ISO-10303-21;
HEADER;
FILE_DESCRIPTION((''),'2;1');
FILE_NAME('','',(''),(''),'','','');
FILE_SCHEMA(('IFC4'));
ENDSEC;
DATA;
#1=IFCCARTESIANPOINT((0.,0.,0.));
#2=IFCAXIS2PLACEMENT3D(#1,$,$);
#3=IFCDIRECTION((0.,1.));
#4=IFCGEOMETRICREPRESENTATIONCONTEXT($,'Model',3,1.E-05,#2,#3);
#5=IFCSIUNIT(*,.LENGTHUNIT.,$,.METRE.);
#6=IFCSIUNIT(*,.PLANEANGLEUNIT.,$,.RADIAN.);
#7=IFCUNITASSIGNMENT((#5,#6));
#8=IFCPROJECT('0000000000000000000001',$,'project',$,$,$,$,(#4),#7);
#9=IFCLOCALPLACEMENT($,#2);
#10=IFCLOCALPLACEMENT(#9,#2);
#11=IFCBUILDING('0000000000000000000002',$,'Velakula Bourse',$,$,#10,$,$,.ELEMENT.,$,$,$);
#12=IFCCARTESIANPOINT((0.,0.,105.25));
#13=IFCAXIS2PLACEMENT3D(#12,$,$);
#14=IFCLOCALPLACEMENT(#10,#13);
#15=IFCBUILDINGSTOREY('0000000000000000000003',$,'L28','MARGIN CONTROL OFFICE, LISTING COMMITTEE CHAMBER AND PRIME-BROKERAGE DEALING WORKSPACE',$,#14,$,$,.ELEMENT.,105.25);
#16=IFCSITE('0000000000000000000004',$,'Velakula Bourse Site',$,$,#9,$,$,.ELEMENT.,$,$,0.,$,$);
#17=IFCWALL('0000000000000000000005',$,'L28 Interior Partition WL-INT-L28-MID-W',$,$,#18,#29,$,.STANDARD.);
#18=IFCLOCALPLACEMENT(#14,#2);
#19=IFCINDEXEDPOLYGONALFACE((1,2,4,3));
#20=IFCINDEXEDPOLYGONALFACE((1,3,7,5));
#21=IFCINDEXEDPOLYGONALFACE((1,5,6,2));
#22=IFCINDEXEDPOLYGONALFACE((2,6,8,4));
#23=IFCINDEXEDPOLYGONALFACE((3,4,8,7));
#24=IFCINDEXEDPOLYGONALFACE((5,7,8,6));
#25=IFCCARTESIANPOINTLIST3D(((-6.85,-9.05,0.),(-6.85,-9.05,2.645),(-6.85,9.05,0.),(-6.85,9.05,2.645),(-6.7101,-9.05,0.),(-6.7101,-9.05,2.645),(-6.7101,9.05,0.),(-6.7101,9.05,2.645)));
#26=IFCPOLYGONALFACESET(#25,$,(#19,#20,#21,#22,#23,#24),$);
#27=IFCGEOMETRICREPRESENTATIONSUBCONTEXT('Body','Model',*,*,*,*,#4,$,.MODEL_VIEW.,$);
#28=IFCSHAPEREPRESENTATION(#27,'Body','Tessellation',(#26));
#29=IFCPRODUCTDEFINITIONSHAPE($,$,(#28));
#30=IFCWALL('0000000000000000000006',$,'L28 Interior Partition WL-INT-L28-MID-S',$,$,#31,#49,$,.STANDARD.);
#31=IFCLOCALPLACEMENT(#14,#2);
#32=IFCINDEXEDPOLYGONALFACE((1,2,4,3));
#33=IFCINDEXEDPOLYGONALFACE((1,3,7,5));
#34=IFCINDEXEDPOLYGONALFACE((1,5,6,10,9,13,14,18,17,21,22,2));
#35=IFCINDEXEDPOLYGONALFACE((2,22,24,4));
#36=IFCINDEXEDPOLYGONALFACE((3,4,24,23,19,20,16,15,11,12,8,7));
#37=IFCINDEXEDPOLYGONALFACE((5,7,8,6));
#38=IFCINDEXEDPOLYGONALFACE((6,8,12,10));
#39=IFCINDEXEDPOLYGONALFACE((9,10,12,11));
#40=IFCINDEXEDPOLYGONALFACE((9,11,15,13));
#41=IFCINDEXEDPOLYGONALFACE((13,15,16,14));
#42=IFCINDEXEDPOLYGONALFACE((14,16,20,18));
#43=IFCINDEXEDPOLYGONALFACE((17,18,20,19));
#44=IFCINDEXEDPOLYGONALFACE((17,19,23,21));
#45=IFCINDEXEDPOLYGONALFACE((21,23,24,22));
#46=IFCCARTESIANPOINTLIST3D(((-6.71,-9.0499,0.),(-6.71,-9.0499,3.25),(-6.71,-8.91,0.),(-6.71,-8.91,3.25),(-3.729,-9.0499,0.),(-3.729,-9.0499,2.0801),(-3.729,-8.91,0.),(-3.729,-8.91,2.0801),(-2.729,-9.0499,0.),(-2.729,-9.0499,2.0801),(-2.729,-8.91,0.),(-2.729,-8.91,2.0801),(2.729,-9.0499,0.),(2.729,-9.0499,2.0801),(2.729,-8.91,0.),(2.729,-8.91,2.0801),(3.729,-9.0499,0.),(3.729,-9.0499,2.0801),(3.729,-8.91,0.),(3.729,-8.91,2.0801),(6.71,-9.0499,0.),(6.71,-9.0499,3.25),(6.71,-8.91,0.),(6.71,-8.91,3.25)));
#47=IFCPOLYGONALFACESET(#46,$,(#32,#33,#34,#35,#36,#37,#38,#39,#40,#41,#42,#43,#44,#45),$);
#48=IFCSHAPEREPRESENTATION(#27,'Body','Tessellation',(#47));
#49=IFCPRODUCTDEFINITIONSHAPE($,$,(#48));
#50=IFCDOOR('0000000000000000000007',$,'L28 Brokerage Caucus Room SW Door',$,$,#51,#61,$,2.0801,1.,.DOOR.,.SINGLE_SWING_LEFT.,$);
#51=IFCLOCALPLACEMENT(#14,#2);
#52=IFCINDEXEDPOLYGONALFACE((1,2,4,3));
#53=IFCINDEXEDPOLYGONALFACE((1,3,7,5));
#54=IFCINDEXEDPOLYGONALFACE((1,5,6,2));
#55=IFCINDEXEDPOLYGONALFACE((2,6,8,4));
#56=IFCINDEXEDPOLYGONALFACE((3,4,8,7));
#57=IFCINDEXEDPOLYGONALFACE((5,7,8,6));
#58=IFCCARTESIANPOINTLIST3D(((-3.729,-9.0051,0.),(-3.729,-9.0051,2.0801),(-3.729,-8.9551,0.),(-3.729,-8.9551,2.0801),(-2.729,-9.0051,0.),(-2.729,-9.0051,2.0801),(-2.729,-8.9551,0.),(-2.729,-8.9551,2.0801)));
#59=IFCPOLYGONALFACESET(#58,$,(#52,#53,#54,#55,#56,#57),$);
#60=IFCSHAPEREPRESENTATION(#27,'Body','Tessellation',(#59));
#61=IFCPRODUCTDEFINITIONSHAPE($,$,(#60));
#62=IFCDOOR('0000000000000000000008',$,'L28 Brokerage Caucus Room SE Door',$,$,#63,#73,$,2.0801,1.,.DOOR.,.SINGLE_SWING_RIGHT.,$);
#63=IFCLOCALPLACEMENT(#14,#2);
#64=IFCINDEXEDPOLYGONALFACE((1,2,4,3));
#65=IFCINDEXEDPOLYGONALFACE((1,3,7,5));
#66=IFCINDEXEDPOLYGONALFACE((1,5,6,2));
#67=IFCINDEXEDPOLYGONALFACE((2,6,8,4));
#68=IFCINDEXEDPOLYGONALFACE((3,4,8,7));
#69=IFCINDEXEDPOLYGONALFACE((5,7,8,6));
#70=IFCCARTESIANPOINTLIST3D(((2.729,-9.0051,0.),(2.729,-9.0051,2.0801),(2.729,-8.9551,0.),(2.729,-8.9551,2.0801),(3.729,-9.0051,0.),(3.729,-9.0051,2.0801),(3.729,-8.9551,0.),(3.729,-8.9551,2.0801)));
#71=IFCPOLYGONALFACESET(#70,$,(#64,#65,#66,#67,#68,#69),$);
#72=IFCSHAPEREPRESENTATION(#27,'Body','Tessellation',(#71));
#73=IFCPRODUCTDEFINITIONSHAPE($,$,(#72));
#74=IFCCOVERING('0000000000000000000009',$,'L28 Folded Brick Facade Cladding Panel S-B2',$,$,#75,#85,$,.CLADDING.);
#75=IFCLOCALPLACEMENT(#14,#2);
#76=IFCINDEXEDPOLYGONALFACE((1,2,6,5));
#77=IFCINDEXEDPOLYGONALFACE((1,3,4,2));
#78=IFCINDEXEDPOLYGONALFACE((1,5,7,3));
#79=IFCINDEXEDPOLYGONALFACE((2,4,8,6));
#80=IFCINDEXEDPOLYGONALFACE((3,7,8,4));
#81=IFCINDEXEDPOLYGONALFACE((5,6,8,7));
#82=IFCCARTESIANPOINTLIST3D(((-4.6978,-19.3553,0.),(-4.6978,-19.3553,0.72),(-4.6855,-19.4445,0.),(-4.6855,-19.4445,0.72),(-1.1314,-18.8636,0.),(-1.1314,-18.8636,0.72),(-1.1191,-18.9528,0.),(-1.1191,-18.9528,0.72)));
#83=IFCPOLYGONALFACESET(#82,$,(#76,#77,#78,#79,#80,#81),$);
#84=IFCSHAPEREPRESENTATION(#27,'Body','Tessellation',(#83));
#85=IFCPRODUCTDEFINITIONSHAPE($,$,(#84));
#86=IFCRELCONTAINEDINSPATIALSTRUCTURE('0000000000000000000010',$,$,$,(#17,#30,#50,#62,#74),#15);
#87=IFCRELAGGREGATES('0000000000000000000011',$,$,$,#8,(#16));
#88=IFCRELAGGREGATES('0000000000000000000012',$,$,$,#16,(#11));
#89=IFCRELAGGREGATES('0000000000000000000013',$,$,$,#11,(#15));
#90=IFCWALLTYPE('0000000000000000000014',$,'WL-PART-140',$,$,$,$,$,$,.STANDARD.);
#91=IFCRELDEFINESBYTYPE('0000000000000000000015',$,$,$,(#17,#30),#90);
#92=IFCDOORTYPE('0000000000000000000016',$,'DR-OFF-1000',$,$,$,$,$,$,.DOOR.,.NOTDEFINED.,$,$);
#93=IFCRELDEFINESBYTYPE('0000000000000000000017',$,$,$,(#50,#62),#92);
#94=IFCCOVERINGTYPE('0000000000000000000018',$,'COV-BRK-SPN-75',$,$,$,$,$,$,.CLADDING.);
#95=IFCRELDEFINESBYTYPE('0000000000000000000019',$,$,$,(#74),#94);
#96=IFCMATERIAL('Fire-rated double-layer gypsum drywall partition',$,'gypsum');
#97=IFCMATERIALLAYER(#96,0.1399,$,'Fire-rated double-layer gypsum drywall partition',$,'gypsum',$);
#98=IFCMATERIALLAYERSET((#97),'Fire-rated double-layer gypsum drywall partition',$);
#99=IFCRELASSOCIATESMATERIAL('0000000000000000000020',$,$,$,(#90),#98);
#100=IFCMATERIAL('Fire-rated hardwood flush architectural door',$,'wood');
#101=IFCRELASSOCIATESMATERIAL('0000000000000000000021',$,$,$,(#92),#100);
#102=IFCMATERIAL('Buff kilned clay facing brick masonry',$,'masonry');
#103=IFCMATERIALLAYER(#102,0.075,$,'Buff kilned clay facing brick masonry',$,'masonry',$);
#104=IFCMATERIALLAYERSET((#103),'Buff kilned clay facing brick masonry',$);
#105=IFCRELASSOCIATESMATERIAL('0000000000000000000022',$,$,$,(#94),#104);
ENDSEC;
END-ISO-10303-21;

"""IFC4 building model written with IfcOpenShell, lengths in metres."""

from ifc_helpers import new_model, si_unit, direction, frame, frame_2d, origin, origin_2d, place, context, subcontext, project, spatial, rectangle, extrude, material, layer, layer_set, type_object, element, fill, save


model = new_model("IFC4")

# Units and contexts
model_context = context("Model", 3, precision=1e-05, world=origin(), true_north=direction((0.0, 1.0)))
body_context = subcontext(model_context, "Body", "Model", "MODEL_VIEW")
ifc_project = project(units=[si_unit("LENGTHUNIT", "METRE"), si_unit("PLANEANGLEUNIT", "RADIAN")], contexts=[model_context])

# Site, building, storey
site_placement = place(None, origin())
site = spatial("IfcSite", under=ifc_project, at=site_placement, Name="Velakula Bourse Site", CompositionType="ELEMENT", RefElevation=0.0)
building_placement = place(site_placement, origin())
building = spatial("IfcBuilding", under=site, at=building_placement, Name="Velakula Bourse", CompositionType="ELEMENT")
storey_placement = place(building_placement, frame((0.0, 0.0, 105.25)))
storey = spatial("IfcBuildingStorey", under=building, at=storey_placement, Name="L28", Description="MARGIN CONTROL OFFICE, LISTING COMMITTEE CHAMBER AND PRIME-BROKERAGE DEALING WORKSPACE", CompositionType="ELEMENT", Elevation=105.25)

# Wall
ifc_material_1 = material(Name="Fire-rated double-layer gypsum drywall partition", Category="gypsum")
ifc_layer_1 = layer(ifc_material_1, 0.1399, Name="Fire-rated double-layer gypsum drywall partition", Category="gypsum")
ifc_layer_set_1 = layer_set([ifc_layer_1], Name="Fire-rated double-layer gypsum drywall partition")
wall_type_1 = type_object("IfcWallType", Name="WL-PART-140", PredefinedType="STANDARD", material=ifc_layer_set_1)
wall_1_placement = place(storey_placement, frame((-6.78, -9.05, 0.0), z_axis=(0.0, 0.0, 1.0), x_axis=(0.0, 1.0, 0.0)))
element("IfcWall", 1, at=wall_1_placement, inside=storey, type_object=wall_type_1, Name="L28 Interior Partition WL-INT-L28-MID-W", PredefinedType="STANDARD", context=body_context, shape_type="SweptSolid", body=[
    extrude(rectangle(XDim=18.1001, YDim=0.1399, at=frame_2d((9.05, 0.0))), origin(), (0.0, 0.0, 1.0), 2.645),
])

# Wall, openings, doors
wall_2_placement = place(storey_placement, frame((-6.71, -8.98, 0.0), z_axis=(0.0, 0.0, 1.0), x_axis=(1.0, 0.0, 0.0)))
wall_2 = element("IfcWall", 2, at=wall_2_placement, inside=storey, type_object=wall_type_1, Name="L28 Interior Partition WL-INT-L28-MID-S", PredefinedType="STANDARD", context=body_context, shape_type="SweptSolid", body=[
    extrude(rectangle(XDim=13.4199, YDim=0.1399, at=frame_2d((6.71, 0.0))), origin(), (0.0, 0.0, 1.0), 3.25),
])
opening_1_placement = place(wall_2_placement, frame((2.981, 0.0, 0.0)))
opening_1 = element("IfcOpeningElement", 3, at=opening_1_placement, cuts=wall_2, PredefinedType="OPENING", context=body_context, shape_type="SweptSolid", body=[
    extrude(rectangle(XDim=1.0, YDim=2.0801, at=frame_2d((0.5, 1.04))), frame((0.0, 0.0798, 0.0), z_axis=(0.0, -1.0, 0.0), x_axis=(1.0, 0.0, 0.0)), (0.0, 0.0, 1.0), 0.1599),
])
opening_2_placement = place(wall_2_placement, frame((9.439, 0.0, 0.0)))
opening_2 = element("IfcOpeningElement", 4, at=opening_2_placement, cuts=wall_2, PredefinedType="OPENING", context=body_context, shape_type="SweptSolid", body=[
    extrude(rectangle(XDim=1.0, YDim=2.0801, at=frame_2d((0.5, 1.04))), frame((0.0, 0.0798, 0.0), z_axis=(0.0, -1.0, 0.0), x_axis=(1.0, 0.0, 0.0)), (0.0, 0.0, 1.0), 0.1599),
])
ifc_material_2 = material(Name="Fire-rated hardwood flush architectural door", Category="wood")
door_type = type_object("IfcDoorType", Name="DR-OFF-1000", OperationType="NOTDEFINED", PredefinedType="DOOR", material=ifc_material_2)
door_1_placement = place(opening_1_placement, origin())
door_1 = element("IfcDoor", 5, at=door_1_placement, inside=storey, type_object=door_type, Name="L28 Brokerage Caucus Room SW Door", OperationType="SINGLE_SWING_LEFT", OverallHeight=2.0801, OverallWidth=1.0, PredefinedType="DOOR", context=body_context, shape_type="SweptSolid", body=[
    extrude(rectangle(XDim=1.0, YDim=2.0801, at=frame_2d((0.5, 1.04))), frame((0.0, 0.0249, 0.0), z_axis=(0.0, -1.0, 0.0), x_axis=(1.0, 0.0, 0.0)), (0.0, 0.0, 1.0), 0.05),
])
fill(opening_1, door_1)
door_2_placement = place(opening_2_placement, origin())
door_2 = element("IfcDoor", 6, at=door_2_placement, inside=storey, type_object=door_type, Name="L28 Brokerage Caucus Room SE Door", OperationType="SINGLE_SWING_RIGHT", OverallHeight=2.0801, OverallWidth=1.0, PredefinedType="DOOR", context=body_context, shape_type="SweptSolid", body=[
    extrude(rectangle(XDim=1.0, YDim=2.0801, at=frame_2d((0.5, 1.04))), frame((0.0, 0.0249, 0.0), z_axis=(0.0, -1.0, 0.0), x_axis=(1.0, 0.0, 0.0)), (0.0, 0.0, 1.0), 0.05),
])
fill(opening_2, door_2)

# Covering
ifc_material_3 = material(Name="Buff kilned clay facing brick masonry", Category="masonry")
ifc_layer_2 = layer(ifc_material_3, 0.075, Name="Buff kilned clay facing brick masonry", Category="masonry")
ifc_layer_set_2 = layer_set([ifc_layer_2], Name="Buff kilned clay facing brick masonry")
covering_type = type_object("IfcCoveringType", Name="COV-BRK-SPN-75", PredefinedType="CLADDING", material=ifc_layer_set_2)
covering_placement = place(storey_placement, frame((-2.9084, -19.1541, 0.0), z_axis=(0.0, 0.0, 1.0), x_axis=(0.990629, 0.13658, 0.0)))
element("IfcCovering", 7, at=covering_placement, inside=storey, type_object=covering_type, Name="L28 Folded Brick Facade Cladding Panel S-B2", PredefinedType="CLADDING", context=body_context, shape_type="SweptSolid", body=[
    extrude(rectangle(XDim=3.6001, YDim=0.0901, at=origin_2d()), origin(), (0.0, 0.0, 1.0), 0.72),
])

save(model, "model.ifc")
